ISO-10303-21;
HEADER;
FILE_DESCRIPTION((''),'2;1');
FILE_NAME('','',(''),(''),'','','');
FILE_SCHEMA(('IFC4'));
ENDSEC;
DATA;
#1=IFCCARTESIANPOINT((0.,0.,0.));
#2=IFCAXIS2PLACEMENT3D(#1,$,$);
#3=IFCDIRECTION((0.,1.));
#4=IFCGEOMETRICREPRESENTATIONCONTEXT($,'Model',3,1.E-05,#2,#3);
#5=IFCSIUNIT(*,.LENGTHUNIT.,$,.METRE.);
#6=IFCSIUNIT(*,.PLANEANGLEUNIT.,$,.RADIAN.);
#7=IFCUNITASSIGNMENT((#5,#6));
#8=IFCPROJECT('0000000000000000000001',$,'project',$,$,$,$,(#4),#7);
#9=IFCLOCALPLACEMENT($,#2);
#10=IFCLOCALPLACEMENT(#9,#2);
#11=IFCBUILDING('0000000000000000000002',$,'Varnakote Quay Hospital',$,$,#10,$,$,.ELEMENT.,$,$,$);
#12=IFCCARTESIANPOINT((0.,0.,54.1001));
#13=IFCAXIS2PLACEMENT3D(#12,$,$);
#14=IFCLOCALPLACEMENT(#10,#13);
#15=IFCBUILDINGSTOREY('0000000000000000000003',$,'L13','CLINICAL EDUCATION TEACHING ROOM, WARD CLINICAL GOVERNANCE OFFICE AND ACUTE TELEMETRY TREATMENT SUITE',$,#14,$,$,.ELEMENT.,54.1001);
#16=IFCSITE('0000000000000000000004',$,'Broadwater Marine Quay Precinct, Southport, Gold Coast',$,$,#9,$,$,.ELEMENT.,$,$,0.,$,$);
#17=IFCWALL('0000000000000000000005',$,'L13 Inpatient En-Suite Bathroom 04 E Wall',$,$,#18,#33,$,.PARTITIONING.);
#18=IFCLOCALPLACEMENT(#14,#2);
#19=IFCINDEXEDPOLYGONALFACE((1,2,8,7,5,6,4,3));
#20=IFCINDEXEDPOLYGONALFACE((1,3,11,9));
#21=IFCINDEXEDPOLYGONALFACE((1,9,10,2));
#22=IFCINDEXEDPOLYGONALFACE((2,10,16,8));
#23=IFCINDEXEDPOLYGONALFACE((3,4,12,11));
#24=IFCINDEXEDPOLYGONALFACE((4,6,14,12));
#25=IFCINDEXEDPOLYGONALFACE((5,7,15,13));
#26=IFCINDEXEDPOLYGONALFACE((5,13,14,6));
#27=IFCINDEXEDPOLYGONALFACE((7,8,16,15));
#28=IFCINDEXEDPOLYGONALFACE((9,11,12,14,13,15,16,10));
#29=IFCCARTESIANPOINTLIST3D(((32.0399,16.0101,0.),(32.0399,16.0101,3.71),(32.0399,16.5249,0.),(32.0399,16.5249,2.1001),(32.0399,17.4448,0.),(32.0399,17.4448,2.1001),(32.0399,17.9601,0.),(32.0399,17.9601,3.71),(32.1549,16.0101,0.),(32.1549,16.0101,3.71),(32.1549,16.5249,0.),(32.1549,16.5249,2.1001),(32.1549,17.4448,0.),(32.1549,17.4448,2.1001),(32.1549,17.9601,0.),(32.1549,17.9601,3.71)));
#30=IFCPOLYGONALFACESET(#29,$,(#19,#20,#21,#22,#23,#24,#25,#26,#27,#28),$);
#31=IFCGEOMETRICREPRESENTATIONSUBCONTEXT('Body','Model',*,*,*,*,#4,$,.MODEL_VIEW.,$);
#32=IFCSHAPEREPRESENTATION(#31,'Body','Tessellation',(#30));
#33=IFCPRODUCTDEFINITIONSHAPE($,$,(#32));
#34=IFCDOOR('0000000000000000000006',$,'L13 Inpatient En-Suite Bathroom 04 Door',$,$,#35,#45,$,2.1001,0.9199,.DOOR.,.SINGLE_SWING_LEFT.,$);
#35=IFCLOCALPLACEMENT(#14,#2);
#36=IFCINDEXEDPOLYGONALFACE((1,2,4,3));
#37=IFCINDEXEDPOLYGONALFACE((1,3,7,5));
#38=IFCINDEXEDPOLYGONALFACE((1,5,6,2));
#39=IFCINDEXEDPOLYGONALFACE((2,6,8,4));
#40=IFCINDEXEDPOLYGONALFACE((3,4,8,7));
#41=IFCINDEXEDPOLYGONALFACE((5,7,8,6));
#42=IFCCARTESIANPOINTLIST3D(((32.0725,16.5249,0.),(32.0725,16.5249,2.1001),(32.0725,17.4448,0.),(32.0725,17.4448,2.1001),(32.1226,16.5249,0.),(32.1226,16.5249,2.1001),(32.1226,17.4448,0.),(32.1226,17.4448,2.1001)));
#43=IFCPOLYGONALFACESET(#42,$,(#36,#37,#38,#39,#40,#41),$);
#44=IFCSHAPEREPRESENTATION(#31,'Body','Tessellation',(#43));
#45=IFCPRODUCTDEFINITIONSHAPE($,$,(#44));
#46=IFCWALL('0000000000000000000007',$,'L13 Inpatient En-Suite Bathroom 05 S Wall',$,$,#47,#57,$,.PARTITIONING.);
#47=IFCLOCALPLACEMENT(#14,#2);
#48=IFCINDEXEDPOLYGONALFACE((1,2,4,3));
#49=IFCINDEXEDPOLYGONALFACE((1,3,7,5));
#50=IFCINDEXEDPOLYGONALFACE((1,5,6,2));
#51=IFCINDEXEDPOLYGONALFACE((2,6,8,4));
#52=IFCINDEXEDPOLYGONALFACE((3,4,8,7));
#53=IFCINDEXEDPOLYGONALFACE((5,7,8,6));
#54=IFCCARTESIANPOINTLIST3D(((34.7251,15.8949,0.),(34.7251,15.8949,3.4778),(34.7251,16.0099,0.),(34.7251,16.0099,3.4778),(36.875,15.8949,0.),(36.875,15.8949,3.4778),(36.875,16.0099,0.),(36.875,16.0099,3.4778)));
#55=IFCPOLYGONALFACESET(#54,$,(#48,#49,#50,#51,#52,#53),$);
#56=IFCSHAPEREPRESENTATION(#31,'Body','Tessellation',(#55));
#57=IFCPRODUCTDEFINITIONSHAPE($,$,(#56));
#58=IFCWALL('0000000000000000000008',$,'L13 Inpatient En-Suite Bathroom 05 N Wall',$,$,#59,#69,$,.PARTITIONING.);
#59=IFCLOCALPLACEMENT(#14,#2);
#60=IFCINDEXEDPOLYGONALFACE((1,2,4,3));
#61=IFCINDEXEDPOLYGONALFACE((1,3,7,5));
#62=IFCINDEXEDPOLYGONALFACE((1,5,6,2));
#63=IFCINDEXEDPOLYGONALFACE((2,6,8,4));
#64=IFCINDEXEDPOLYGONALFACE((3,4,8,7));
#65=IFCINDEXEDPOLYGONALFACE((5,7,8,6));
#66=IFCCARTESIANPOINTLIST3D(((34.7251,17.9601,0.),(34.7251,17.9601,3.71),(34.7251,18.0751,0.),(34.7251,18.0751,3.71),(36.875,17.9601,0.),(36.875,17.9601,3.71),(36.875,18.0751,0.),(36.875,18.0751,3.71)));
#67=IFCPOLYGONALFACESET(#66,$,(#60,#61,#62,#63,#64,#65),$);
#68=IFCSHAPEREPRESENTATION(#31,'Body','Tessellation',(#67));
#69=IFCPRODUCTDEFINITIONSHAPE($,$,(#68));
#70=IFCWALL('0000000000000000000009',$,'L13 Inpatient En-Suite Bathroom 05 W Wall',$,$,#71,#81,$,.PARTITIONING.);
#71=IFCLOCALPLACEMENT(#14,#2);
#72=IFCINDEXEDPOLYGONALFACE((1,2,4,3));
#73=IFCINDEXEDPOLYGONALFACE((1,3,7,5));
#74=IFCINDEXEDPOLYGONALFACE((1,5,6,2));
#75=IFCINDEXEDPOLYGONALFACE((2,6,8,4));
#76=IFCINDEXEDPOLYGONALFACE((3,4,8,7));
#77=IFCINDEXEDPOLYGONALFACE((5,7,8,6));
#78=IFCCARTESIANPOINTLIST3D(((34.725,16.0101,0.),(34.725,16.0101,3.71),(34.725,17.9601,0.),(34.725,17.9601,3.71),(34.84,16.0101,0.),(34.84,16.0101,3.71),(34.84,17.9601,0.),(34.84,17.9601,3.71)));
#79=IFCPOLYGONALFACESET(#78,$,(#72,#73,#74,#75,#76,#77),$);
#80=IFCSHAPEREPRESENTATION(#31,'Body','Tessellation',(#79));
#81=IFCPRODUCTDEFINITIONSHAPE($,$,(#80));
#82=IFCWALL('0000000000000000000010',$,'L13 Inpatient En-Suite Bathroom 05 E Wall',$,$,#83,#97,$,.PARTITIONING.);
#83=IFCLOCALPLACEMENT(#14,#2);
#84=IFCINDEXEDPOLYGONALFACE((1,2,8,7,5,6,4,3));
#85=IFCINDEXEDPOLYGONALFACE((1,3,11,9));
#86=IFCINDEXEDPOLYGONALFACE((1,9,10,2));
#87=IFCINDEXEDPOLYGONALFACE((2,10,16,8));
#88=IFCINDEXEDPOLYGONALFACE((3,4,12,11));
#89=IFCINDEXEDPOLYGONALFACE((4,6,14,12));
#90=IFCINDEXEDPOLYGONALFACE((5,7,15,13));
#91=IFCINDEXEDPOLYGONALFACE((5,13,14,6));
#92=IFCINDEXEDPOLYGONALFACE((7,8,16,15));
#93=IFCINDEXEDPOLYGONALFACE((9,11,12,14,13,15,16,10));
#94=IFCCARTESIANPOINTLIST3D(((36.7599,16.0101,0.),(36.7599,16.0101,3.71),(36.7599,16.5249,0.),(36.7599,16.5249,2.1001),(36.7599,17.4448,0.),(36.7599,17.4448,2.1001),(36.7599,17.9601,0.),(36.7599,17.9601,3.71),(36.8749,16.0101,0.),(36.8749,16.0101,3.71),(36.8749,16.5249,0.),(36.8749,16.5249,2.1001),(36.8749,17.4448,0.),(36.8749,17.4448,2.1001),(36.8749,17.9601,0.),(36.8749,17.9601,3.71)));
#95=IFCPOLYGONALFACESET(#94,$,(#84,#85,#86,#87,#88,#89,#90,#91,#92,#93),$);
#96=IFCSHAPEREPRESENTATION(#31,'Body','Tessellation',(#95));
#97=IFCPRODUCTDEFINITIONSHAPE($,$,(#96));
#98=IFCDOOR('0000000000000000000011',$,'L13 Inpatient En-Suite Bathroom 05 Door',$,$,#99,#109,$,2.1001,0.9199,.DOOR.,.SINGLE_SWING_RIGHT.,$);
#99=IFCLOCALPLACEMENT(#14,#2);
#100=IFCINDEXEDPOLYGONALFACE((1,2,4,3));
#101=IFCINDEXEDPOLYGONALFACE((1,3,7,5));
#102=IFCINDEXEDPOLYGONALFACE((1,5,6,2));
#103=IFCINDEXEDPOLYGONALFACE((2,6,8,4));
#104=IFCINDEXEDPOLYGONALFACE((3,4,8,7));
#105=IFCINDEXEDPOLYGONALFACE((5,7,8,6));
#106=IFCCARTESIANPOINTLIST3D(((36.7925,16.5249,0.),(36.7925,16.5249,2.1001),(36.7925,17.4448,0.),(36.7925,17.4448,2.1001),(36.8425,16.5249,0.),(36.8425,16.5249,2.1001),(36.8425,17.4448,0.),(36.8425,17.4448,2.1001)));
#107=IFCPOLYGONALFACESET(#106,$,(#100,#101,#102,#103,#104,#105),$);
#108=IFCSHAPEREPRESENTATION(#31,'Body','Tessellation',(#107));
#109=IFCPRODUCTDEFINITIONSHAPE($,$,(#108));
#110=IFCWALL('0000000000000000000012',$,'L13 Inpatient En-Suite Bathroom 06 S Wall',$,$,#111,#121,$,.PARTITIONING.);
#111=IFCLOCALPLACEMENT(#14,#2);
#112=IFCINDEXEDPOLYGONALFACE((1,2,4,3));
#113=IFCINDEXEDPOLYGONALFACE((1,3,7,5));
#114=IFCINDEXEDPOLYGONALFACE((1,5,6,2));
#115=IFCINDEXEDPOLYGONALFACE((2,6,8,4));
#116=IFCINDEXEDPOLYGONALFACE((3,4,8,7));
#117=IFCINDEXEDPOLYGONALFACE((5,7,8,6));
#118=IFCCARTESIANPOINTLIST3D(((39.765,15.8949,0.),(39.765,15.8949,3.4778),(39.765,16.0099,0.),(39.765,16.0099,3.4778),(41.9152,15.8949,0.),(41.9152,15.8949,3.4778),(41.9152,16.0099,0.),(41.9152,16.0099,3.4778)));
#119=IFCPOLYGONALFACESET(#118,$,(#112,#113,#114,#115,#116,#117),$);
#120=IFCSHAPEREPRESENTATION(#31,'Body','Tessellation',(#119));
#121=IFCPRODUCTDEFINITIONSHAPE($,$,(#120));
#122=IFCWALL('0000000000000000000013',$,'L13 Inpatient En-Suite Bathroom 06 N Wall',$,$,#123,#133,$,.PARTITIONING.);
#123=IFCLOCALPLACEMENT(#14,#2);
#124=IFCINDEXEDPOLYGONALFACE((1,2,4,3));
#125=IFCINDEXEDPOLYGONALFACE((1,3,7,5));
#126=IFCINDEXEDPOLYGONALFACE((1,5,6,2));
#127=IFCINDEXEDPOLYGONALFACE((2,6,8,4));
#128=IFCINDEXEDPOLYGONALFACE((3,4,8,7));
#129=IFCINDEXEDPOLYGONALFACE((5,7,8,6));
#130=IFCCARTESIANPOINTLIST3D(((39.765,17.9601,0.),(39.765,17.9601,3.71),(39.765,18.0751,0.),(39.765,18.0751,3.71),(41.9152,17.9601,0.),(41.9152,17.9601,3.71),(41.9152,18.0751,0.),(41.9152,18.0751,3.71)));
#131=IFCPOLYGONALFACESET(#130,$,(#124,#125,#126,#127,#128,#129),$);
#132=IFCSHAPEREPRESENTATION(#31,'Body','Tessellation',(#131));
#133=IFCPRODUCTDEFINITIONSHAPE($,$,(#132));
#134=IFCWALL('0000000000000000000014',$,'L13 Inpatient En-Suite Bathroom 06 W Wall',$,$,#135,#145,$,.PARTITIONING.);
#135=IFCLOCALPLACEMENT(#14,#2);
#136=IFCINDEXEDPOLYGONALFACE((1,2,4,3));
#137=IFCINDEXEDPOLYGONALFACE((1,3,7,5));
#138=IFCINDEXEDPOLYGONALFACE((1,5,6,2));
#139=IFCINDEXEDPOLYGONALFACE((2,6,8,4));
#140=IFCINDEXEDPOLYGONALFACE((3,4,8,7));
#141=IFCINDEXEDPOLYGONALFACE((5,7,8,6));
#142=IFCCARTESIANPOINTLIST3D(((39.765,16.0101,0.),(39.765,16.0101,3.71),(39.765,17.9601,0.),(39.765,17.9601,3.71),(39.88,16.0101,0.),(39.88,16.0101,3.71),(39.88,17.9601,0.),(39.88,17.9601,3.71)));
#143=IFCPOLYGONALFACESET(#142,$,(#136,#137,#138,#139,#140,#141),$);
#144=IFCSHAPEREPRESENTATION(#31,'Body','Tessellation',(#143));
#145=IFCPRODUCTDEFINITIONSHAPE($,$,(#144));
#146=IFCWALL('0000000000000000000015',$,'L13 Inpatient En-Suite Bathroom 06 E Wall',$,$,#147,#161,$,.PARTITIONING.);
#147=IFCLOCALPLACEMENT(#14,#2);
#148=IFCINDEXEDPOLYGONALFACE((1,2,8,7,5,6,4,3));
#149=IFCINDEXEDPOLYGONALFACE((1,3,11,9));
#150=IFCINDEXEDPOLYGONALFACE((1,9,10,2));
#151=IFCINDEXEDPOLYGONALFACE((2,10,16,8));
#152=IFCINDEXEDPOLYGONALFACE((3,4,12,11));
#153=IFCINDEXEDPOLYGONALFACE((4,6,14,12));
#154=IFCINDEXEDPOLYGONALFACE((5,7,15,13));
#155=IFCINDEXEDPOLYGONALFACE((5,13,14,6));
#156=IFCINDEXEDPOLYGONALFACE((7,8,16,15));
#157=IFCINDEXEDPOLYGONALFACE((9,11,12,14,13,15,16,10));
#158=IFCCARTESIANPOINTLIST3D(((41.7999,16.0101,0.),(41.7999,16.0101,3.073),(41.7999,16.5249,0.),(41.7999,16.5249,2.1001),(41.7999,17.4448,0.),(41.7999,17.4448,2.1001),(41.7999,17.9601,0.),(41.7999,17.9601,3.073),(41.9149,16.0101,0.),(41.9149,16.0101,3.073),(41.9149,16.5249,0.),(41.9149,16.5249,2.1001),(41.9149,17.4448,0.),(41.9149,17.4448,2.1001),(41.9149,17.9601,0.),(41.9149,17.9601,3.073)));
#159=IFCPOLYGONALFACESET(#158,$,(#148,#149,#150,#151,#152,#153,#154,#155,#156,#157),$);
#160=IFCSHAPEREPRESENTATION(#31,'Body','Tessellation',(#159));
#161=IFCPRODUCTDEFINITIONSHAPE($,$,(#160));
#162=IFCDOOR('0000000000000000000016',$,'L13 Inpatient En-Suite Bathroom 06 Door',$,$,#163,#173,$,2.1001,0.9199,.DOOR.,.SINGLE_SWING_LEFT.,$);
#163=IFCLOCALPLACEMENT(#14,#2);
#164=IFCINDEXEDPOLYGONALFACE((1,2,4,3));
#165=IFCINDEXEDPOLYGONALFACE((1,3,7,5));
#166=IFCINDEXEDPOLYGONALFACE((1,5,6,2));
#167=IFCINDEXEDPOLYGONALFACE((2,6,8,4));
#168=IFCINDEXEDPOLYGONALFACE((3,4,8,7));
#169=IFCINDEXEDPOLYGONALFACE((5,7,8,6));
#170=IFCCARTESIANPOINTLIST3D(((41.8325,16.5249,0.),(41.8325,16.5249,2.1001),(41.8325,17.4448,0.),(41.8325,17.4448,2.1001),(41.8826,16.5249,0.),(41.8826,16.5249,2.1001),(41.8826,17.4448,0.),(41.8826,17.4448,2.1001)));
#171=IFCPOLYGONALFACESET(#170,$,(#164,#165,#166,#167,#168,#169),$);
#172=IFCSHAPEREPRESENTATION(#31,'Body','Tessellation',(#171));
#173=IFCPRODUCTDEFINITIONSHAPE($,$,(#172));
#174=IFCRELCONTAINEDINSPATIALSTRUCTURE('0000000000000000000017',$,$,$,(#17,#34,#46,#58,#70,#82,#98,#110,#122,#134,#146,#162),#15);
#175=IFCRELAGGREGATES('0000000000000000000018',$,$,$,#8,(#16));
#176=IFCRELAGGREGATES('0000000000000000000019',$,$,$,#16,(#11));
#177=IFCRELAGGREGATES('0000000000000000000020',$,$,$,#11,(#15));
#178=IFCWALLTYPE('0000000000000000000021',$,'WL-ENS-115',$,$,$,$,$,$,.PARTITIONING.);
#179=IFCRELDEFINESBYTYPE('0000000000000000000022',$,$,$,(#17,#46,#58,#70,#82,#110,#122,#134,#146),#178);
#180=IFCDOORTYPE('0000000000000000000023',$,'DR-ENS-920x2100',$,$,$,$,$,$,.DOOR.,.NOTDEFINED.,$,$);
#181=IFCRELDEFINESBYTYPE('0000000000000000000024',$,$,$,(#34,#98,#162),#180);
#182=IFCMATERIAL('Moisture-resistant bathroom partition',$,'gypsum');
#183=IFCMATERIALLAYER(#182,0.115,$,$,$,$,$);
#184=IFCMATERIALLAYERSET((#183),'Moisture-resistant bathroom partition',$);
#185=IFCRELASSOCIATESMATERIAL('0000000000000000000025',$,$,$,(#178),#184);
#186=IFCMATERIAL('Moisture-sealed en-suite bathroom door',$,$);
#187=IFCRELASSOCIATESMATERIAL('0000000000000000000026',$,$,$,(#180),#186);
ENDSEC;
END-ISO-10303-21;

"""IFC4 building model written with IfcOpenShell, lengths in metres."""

from ifc_helpers import new_model, si_unit, direction, frame, frame_2d, origin, place, context, subcontext, project, spatial, rectangle, extrude, material, layer, layer_set, type_object, element, fill, save


model = new_model("IFC4")

# Units and contexts
model_context = context("Model", 3, precision=1e-05, world=origin(), true_north=direction((0.0, 1.0)))
body_context = subcontext(model_context, "Body", "Model", "MODEL_VIEW")
ifc_project = project(units=[si_unit("LENGTHUNIT", "METRE"), si_unit("PLANEANGLEUNIT", "RADIAN")], contexts=[model_context])

# Site, building, storey
site_placement = place(None, origin())
site = spatial("IfcSite", under=ifc_project, at=site_placement, Name="Broadwater Marine Quay Precinct, Southport, Gold Coast", CompositionType="ELEMENT", RefElevation=0.0)
building_placement = place(site_placement, origin())
building = spatial("IfcBuilding", under=site, at=building_placement, Name="Varnakote Quay Hospital", CompositionType="ELEMENT")
storey_placement = place(building_placement, frame((0.0, 0.0, 54.1001)))
storey = spatial("IfcBuildingStorey", under=building, at=storey_placement, Name="L13", Description="CLINICAL EDUCATION TEACHING ROOM, WARD CLINICAL GOVERNANCE OFFICE AND ACUTE TELEMETRY TREATMENT SUITE", CompositionType="ELEMENT", Elevation=54.1001)

# Shared definitions
ifc_material_1 = material(Name="Moisture-resistant bathroom partition", Category="gypsum")
ifc_layer_1 = layer(ifc_material_1, 0.115)
ifc_layer_set_1 = layer_set([ifc_layer_1], Name="Moisture-resistant bathroom partition")
wall_type_1 = type_object("IfcWallType", Name="WL-ENS-115", PredefinedType="PARTITIONING", material=ifc_layer_set_1)

# Wall, opening, door
wall_1_placement = place(storey_placement, frame((32.0974, 16.01, 0.0), z_axis=(0.0, 0.0, 1.0), x_axis=(0.0, 1.0, 0.0)))
wall_1 = element("IfcWall", 1, at=wall_1_placement, inside=storey, type_object=wall_type_1, Name="L13 Inpatient En-Suite Bathroom 04 E Wall", PredefinedType="PARTITIONING", context=body_context, shape_type="SweptSolid", body=[
    extrude(rectangle(XDim=1.95, YDim=0.115, at=frame_2d((0.9751, 0.0))), origin(), (0.0, 0.0, 1.0), 3.71),
])
opening_1_placement = place(wall_1_placement, frame((0.5149, 0.0, 0.0)))
opening_1 = element("IfcOpeningElement", 2, at=opening_1_placement, cuts=wall_1, PredefinedType="OPENING", context=body_context, shape_type="SweptSolid", body=[
    extrude(rectangle(XDim=0.9199, YDim=2.1001, at=frame_2d((0.46, 1.05))), frame((0.0, 0.0674, 0.0), z_axis=(0.0, -1.0, 0.0), x_axis=(1.0, 0.0, 0.0)), (0.0, 0.0, 1.0), 0.135),
])
ifc_material_2 = material(Name="Moisture-sealed en-suite bathroom door")
door_type_1 = type_object("IfcDoorType", Name="DR-ENS-920x2100", OperationType="NOTDEFINED", PredefinedType="DOOR", material=ifc_material_2)
door_1_placement = place(opening_1_placement, origin())
door_1 = element("IfcDoor", 3, at=door_1_placement, inside=storey, type_object=door_type_1, Name="L13 Inpatient En-Suite Bathroom 04 Door", OperationType="SINGLE_SWING_LEFT", OverallHeight=2.1001, OverallWidth=0.9199, PredefinedType="DOOR", context=body_context, shape_type="SweptSolid", body=[
    extrude(rectangle(XDim=0.9199, YDim=2.1001, at=frame_2d((0.46, 1.05))), frame((0.0, 0.0249, 0.0), z_axis=(0.0, -1.0, 0.0), x_axis=(1.0, 0.0, 0.0)), (0.0, 0.0, 1.0), 0.05),
])
fill(opening_1, door_1)

# Walls
wall_2_placement = place(storey_placement, frame((34.7251, 15.9524, 0.0), z_axis=(0.0, 0.0, 1.0), x_axis=(1.0, 0.0, 0.0)))
element("IfcWall", 4, at=wall_2_placement, inside=storey, type_object=wall_type_1, Name="L13 Inpatient En-Suite Bathroom 05 S Wall", PredefinedType="PARTITIONING", context=body_context, shape_type="SweptSolid", body=[
    extrude(rectangle(XDim=2.1499, YDim=0.115, at=frame_2d((1.075, 0.0))), origin(), (0.0, 0.0, 1.0), 3.4778),
])
wall_3_placement = place(storey_placement, frame((34.7251, 18.0176, 0.0), z_axis=(0.0, 0.0, 1.0), x_axis=(1.0, 0.0, 0.0)))
element("IfcWall", 5, at=wall_3_placement, inside=storey, type_object=wall_type_1, Name="L13 Inpatient En-Suite Bathroom 05 N Wall", PredefinedType="PARTITIONING", context=body_context, shape_type="SweptSolid", body=[
    extrude(rectangle(XDim=2.1499, YDim=0.115, at=frame_2d((1.075, 0.0))), origin(), (0.0, 0.0, 1.0), 3.71),
])
wall_4_placement = place(storey_placement, frame((34.7825, 16.01, 0.0), z_axis=(0.0, 0.0, 1.0), x_axis=(0.0, 1.0, 0.0)))
element("IfcWall", 6, at=wall_4_placement, inside=storey, type_object=wall_type_1, Name="L13 Inpatient En-Suite Bathroom 05 W Wall", PredefinedType="PARTITIONING", context=body_context, shape_type="SweptSolid", body=[
    extrude(rectangle(XDim=1.95, YDim=0.115, at=frame_2d((0.9751, 0.0))), origin(), (0.0, 0.0, 1.0), 3.71),
])

# Wall, opening, door
wall_5_placement = place(storey_placement, frame((36.8174, 16.01, 0.0), z_axis=(0.0, 0.0, 1.0), x_axis=(0.0, 1.0, 0.0)))
wall_5 = element("IfcWall", 7, at=wall_5_placement, inside=storey, type_object=wall_type_1, Name="L13 Inpatient En-Suite Bathroom 05 E Wall", PredefinedType="PARTITIONING", context=body_context, shape_type="SweptSolid", body=[
    extrude(rectangle(XDim=1.95, YDim=0.115, at=frame_2d((0.9751, 0.0))), origin(), (0.0, 0.0, 1.0), 3.71),
])
opening_2_placement = place(wall_5_placement, frame((0.5149, 0.0, 0.0)))
opening_2 = element("IfcOpeningElement", 8, at=opening_2_placement, cuts=wall_5, PredefinedType="OPENING", context=body_context, shape_type="SweptSolid", body=[
    extrude(rectangle(XDim=0.9199, YDim=2.1001, at=frame_2d((0.46, 1.05))), frame((0.0, 0.0674, 0.0), z_axis=(0.0, -1.0, 0.0), x_axis=(1.0, 0.0, 0.0)), (0.0, 0.0, 1.0), 0.135),
])
door_2_placement = place(opening_2_placement, origin())
door_2 = element("IfcDoor", 9, at=door_2_placement, inside=storey, type_object=door_type_1, Name="L13 Inpatient En-Suite Bathroom 05 Door", OperationType="SINGLE_SWING_RIGHT", OverallHeight=2.1001, OverallWidth=0.9199, PredefinedType="DOOR", context=body_context, shape_type="SweptSolid", body=[
    extrude(rectangle(XDim=0.9199, YDim=2.1001, at=frame_2d((0.46, 1.05))), frame((0.0, 0.0249, 0.0), z_axis=(0.0, -1.0, 0.0), x_axis=(1.0, 0.0, 0.0)), (0.0, 0.0, 1.0), 0.05),
])
fill(opening_2, door_2)

# Walls
wall_6_placement = place(storey_placement, frame((39.7649, 15.9524, 0.0), z_axis=(0.0, 0.0, 1.0), x_axis=(1.0, 0.0, 0.0)))
element("IfcWall", 10, at=wall_6_placement, inside=storey, type_object=wall_type_1, Name="L13 Inpatient En-Suite Bathroom 06 S Wall", PredefinedType="PARTITIONING", context=body_context, shape_type="SweptSolid", body=[
    extrude(rectangle(XDim=2.1501, YDim=0.115, at=frame_2d((1.0752, 0.0))), origin(), (0.0, 0.0, 1.0), 3.4778),
])
wall_7_placement = place(storey_placement, frame((39.7649, 18.0176, 0.0), z_axis=(0.0, 0.0, 1.0), x_axis=(1.0, 0.0, 0.0)))
element("IfcWall", 11, at=wall_7_placement, inside=storey, type_object=wall_type_1, Name="L13 Inpatient En-Suite Bathroom 06 N Wall", PredefinedType="PARTITIONING", context=body_context, shape_type="SweptSolid", body=[
    extrude(rectangle(XDim=2.1501, YDim=0.115, at=frame_2d((1.0752, 0.0))), origin(), (0.0, 0.0, 1.0), 3.71),
])
wall_8_placement = place(storey_placement, frame((39.8225, 16.01, 0.0), z_axis=(0.0, 0.0, 1.0), x_axis=(0.0, 1.0, 0.0)))
element("IfcWall", 12, at=wall_8_placement, inside=storey, type_object=wall_type_1, Name="L13 Inpatient En-Suite Bathroom 06 W Wall", PredefinedType="PARTITIONING", context=body_context, shape_type="SweptSolid", body=[
    extrude(rectangle(XDim=1.95, YDim=0.115, at=frame_2d((0.9751, 0.0))), origin(), (0.0, 0.0, 1.0), 3.71),
])

# Wall, opening, door
wall_9_placement = place(storey_placement, frame((41.8574, 16.01, 0.0), z_axis=(0.0, 0.0, 1.0), x_axis=(0.0, 1.0, 0.0)))
wall_9 = element("IfcWall", 13, at=wall_9_placement, inside=storey, type_object=wall_type_1, Name="L13 Inpatient En-Suite Bathroom 06 E Wall", PredefinedType="PARTITIONING", context=body_context, shape_type="SweptSolid", body=[
    extrude(rectangle(XDim=1.95, YDim=0.115, at=frame_2d((0.9751, 0.0))), origin(), (0.0, 0.0, 1.0), 3.073),
])
opening_3_placement = place(wall_9_placement, frame((0.5149, 0.0, 0.0)))
opening_3 = element("IfcOpeningElement", 14, at=opening_3_placement, cuts=wall_9, PredefinedType="OPENING", context=body_context, shape_type="SweptSolid", body=[
    extrude(rectangle(XDim=0.9199, YDim=2.1001, at=frame_2d((0.46, 1.05))), frame((0.0, 0.0674, 0.0), z_axis=(0.0, -1.0, 0.0), x_axis=(1.0, 0.0, 0.0)), (0.0, 0.0, 1.0), 0.135),
])
door_3_placement = place(opening_3_placement, origin())
door_3 = element("IfcDoor", 15, at=door_3_placement, inside=storey, type_object=door_type_1, Name="L13 Inpatient En-Suite Bathroom 06 Door", OperationType="SINGLE_SWING_LEFT", OverallHeight=2.1001, OverallWidth=0.9199, PredefinedType="DOOR", context=body_context, shape_type="SweptSolid", body=[
    extrude(rectangle(XDim=0.9199, YDim=2.1001, at=frame_2d((0.46, 1.05))), frame((0.0, 0.0249, 0.0), z_axis=(0.0, -1.0, 0.0), x_axis=(1.0, 0.0, 0.0)), (0.0, 0.0, 1.0), 0.05),
])
fill(opening_3, door_3)

save(model, "model.ifc")
